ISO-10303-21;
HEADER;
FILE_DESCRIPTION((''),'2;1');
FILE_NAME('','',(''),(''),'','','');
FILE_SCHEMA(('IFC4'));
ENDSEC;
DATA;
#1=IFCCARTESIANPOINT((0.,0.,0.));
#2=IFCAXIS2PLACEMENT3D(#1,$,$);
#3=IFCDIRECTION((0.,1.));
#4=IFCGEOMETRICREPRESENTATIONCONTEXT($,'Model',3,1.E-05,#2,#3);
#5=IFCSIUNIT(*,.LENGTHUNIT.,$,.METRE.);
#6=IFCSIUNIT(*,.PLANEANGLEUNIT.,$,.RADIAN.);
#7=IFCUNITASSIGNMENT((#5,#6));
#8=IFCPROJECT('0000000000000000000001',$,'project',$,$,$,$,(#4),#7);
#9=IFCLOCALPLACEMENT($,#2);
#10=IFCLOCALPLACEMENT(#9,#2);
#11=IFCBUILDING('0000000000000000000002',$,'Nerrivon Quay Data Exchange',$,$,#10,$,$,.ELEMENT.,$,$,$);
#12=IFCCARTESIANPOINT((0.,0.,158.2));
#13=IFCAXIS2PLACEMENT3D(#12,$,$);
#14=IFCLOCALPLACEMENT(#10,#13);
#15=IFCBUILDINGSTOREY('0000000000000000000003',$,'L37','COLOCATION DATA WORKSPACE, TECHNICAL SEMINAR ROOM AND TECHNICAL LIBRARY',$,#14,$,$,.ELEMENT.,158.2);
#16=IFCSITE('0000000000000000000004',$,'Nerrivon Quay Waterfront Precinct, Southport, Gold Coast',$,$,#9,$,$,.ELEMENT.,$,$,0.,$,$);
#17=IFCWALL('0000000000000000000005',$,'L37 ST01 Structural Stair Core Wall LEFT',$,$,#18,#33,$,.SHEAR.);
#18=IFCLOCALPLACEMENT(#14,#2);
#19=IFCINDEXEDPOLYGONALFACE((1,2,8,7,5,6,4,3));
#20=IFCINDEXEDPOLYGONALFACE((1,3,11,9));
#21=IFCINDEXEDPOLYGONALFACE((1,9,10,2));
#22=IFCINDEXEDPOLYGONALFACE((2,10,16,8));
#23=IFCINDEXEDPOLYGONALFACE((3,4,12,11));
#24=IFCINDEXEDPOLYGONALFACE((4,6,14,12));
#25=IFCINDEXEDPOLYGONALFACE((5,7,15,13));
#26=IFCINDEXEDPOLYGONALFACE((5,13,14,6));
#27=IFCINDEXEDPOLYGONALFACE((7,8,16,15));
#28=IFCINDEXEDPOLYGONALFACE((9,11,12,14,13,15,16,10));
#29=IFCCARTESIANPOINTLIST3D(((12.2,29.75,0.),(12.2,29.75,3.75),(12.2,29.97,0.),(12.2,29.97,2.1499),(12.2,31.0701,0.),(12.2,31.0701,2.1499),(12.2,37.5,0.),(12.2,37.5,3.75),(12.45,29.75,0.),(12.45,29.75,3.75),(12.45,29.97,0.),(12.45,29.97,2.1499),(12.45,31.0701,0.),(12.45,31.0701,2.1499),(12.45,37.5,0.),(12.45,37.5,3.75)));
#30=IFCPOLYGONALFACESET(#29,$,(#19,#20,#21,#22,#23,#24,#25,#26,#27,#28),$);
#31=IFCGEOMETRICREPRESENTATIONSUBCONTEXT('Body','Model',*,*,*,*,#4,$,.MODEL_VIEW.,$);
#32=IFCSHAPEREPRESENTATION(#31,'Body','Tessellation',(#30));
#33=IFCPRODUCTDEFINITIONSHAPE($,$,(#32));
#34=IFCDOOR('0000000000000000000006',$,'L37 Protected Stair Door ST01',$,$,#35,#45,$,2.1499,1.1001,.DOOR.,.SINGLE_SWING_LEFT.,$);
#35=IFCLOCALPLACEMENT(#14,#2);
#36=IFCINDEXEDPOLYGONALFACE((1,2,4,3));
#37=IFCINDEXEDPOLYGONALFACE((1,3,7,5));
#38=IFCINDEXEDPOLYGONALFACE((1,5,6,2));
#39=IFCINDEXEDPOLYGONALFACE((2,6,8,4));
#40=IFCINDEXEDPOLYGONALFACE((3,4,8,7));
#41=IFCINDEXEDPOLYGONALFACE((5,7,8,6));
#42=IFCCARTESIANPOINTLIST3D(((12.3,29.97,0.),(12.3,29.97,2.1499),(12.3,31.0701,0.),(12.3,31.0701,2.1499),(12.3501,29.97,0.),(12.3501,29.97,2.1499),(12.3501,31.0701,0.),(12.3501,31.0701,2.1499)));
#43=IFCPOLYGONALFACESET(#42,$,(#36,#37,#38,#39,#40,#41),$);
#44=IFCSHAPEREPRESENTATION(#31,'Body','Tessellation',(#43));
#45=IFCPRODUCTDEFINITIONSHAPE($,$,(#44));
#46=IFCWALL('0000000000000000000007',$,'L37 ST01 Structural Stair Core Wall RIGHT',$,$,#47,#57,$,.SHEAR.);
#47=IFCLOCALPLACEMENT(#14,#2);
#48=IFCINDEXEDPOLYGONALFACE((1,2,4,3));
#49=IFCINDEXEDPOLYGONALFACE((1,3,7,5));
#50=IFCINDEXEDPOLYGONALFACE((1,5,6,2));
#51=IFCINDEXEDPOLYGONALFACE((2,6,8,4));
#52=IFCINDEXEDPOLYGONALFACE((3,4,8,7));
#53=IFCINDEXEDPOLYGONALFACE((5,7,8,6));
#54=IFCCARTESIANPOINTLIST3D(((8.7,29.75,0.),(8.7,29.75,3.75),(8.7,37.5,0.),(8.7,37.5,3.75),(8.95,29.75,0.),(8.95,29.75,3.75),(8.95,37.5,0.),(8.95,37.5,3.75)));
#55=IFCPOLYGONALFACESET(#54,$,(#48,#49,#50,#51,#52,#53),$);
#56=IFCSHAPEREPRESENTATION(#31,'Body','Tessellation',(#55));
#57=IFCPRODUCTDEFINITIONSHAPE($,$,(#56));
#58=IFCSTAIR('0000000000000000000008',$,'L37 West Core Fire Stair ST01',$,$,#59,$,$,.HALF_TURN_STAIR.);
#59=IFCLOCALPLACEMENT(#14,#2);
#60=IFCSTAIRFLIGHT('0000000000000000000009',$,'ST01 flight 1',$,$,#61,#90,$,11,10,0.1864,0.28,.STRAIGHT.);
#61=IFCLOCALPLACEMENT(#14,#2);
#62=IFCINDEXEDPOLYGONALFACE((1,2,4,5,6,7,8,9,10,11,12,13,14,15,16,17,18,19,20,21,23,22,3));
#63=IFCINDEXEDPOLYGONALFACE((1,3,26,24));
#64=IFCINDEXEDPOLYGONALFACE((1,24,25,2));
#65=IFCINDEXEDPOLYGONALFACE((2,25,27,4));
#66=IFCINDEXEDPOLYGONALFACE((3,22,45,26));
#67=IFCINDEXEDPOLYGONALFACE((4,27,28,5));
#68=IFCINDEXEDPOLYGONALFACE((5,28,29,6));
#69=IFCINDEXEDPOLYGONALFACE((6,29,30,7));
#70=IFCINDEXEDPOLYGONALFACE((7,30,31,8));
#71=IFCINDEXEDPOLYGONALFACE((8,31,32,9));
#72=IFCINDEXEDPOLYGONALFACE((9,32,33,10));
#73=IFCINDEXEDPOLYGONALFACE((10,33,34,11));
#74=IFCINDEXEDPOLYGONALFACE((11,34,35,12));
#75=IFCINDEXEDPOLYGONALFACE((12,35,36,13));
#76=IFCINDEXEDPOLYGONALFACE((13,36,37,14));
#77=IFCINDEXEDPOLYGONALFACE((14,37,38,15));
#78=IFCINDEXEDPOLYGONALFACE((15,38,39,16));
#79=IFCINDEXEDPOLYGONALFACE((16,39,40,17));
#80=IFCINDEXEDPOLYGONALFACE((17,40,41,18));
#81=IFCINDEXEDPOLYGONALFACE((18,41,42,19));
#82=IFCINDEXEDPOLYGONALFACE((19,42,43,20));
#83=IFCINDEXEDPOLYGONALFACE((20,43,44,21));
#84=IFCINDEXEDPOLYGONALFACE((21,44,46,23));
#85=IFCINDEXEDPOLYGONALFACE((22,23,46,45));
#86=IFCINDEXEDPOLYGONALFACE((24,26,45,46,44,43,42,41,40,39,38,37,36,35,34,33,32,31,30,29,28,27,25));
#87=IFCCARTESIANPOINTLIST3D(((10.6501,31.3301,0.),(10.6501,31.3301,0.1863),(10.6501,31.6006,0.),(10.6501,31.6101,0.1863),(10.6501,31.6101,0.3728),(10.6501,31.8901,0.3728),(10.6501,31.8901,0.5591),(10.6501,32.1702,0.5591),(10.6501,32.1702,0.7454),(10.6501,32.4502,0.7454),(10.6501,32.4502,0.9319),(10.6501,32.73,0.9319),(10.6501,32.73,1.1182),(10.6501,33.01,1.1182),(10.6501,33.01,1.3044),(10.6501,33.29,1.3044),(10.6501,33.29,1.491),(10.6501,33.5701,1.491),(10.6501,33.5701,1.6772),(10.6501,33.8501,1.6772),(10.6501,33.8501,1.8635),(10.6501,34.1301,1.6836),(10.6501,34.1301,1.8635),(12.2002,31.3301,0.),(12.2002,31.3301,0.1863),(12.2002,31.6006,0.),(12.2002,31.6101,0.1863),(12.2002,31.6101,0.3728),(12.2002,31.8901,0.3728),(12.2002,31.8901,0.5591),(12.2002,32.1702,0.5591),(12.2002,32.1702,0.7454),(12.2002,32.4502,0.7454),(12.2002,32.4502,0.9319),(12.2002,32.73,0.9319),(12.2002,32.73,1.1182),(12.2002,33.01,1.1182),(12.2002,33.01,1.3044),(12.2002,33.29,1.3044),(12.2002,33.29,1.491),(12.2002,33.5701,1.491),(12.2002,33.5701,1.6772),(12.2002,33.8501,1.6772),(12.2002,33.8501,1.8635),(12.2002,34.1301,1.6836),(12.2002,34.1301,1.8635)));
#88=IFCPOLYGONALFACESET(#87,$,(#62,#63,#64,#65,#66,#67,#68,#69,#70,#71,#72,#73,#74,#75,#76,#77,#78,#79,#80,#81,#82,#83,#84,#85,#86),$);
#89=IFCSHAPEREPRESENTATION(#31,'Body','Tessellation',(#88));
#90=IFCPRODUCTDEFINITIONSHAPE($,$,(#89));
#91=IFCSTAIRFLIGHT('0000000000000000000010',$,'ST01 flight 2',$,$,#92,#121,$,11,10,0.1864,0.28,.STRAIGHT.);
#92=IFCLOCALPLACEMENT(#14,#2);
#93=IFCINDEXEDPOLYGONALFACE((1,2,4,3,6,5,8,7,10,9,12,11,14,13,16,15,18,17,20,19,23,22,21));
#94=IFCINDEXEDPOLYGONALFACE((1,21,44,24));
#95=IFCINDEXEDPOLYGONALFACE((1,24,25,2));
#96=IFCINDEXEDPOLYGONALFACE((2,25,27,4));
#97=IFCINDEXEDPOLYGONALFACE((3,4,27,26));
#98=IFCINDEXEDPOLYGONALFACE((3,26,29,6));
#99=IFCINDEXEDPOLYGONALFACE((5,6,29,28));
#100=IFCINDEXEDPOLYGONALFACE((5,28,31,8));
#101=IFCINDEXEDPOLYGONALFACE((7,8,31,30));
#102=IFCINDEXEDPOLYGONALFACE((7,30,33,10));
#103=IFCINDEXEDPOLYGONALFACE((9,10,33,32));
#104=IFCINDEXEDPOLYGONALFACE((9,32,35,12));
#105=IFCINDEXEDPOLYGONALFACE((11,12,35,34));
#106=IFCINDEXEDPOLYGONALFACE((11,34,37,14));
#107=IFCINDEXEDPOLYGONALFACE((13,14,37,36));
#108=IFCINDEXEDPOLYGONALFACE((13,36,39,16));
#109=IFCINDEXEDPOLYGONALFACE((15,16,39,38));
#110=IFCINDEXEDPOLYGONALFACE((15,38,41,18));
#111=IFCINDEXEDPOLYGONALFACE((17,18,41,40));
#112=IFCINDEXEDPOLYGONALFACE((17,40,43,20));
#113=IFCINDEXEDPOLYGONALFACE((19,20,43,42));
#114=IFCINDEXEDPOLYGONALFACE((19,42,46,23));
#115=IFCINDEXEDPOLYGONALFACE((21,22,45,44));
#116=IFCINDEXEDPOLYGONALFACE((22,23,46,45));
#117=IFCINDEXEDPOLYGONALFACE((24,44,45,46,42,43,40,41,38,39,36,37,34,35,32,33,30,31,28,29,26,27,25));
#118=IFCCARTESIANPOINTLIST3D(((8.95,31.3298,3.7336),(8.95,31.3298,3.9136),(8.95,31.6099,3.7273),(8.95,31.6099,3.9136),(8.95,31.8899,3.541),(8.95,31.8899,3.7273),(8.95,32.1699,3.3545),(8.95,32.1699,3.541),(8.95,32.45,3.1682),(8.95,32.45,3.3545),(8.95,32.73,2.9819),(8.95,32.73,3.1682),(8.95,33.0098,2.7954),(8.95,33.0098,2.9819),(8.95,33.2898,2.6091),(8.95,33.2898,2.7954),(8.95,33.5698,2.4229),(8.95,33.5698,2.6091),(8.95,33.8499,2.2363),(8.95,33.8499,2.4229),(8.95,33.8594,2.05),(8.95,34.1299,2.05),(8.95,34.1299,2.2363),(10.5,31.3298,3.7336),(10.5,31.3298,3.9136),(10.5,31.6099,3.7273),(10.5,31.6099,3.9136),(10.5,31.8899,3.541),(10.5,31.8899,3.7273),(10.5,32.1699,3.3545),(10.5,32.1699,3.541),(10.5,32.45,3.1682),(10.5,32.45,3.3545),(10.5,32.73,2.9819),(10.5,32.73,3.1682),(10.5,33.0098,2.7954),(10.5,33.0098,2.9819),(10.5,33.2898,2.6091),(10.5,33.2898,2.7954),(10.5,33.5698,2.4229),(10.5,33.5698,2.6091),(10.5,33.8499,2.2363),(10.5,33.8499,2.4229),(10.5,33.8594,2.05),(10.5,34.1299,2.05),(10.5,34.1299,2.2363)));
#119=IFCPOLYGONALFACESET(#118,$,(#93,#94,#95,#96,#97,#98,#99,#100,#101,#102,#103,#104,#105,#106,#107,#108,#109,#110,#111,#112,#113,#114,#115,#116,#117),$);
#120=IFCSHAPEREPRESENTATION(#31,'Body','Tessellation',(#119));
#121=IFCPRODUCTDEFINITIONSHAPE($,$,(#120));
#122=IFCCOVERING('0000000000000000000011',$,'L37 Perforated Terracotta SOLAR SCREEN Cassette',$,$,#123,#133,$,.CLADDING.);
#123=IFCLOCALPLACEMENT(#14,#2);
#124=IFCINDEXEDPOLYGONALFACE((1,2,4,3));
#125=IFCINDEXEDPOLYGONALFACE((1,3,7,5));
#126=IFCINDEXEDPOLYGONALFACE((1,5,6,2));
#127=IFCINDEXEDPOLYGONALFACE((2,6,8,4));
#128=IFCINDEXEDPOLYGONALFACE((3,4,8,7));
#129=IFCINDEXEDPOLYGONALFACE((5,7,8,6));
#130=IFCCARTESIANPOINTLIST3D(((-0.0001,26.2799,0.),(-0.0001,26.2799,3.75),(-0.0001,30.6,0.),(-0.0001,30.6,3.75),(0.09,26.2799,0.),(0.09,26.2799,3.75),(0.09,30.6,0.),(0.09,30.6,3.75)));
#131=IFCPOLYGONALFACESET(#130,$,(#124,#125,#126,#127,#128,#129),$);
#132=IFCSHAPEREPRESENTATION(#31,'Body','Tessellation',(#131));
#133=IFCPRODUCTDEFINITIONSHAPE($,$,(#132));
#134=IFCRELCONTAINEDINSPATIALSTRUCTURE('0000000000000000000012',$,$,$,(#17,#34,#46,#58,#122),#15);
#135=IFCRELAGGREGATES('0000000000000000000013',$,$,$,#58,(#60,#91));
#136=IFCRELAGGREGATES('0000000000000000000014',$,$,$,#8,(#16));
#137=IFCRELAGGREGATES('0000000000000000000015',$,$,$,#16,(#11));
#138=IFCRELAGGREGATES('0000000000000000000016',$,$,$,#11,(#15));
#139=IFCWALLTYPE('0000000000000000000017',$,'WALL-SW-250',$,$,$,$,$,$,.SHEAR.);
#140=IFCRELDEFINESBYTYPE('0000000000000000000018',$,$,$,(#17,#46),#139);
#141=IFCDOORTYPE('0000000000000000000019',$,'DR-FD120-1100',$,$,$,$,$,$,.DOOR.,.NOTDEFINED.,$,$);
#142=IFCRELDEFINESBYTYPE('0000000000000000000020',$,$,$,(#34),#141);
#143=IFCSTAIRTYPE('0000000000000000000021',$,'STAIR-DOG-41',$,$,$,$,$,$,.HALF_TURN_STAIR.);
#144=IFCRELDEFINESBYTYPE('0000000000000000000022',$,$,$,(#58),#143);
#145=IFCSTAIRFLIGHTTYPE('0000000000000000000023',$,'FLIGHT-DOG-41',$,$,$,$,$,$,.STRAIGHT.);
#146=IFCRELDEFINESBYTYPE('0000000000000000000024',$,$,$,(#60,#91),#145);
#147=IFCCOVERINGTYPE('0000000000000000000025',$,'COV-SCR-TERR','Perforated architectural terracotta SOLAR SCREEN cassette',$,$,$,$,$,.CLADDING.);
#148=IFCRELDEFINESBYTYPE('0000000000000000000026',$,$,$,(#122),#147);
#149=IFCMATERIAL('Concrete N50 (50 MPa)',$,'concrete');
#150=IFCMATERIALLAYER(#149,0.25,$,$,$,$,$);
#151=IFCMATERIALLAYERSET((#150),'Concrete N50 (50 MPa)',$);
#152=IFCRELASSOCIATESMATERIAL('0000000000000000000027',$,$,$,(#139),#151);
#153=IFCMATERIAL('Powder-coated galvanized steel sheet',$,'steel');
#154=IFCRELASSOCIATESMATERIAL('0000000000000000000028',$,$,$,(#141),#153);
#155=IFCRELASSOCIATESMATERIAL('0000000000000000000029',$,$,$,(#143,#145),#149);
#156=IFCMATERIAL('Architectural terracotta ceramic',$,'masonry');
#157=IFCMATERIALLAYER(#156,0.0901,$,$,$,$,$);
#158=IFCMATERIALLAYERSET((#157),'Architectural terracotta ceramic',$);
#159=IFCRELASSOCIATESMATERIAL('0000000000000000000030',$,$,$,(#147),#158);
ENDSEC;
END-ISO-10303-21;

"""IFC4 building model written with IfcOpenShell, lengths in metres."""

from ifc_helpers import new_model, si_unit, direction, frame, frame_2d, origin, origin_2d, place, context, subcontext, project, spatial, polyline, rectangle, outline, extrude, material, layer, layer_set, type_object, element, fill, aggregate, save


model = new_model("IFC4")

# Units and contexts
model_context = context("Model", 3, precision=1e-05, world=origin(), true_north=direction((0.0, 1.0)))
body_context = subcontext(model_context, "Body", "Model", "MODEL_VIEW")
ifc_project = project(units=[si_unit("LENGTHUNIT", "METRE"), si_unit("PLANEANGLEUNIT", "RADIAN")], contexts=[model_context])

# Site, building, storey
site_placement = place(None, origin())
site = spatial("IfcSite", under=ifc_project, at=site_placement, Name="Nerrivon Quay Waterfront Precinct, Southport, Gold Coast", CompositionType="ELEMENT", RefElevation=0.0)
building_placement = place(site_placement, origin())
building = spatial("IfcBuilding", under=site, at=building_placement, Name="Nerrivon Quay Data Exchange", CompositionType="ELEMENT")
storey_placement = place(building_placement, frame((0.0, 0.0, 158.2)))
storey = spatial("IfcBuildingStorey", under=building, at=storey_placement, Name="L37", Description="COLOCATION DATA WORKSPACE, TECHNICAL SEMINAR ROOM AND TECHNICAL LIBRARY", CompositionType="ELEMENT", Elevation=158.2)

# Shared definitions
ifc_material_1 = material(Name="Concrete N50 (50 MPa)", Category="concrete")
ifc_layer_1 = layer(ifc_material_1, 0.25)
ifc_layer_set_1 = layer_set([ifc_layer_1], Name="Concrete N50 (50 MPa)")
wall_type_1 = type_object("IfcWallType", Name="WALL-SW-250", PredefinedType="SHEAR", material=ifc_layer_set_1)

# Wall, opening, door
wall_1_placement = place(storey_placement, frame((12.325, 29.75, 0.0), z_axis=(0.0, 0.0, 1.0), x_axis=(0.0, 1.0, 0.0)))
wall_1 = element("IfcWall", 1, at=wall_1_placement, inside=storey, type_object=wall_type_1, Name="L37 ST01 Structural Stair Core Wall LEFT", PredefinedType="SHEAR", context=body_context, shape_type="SweptSolid", body=[
    extrude(rectangle(XDim=7.75, YDim=0.25, at=frame_2d((3.875, 0.0))), origin(), (0.0, 0.0, 1.0), 3.75),
])
opening_1_placement = place(wall_1_placement, frame((0.22, 0.0, 0.0)))
opening_1 = element("IfcOpeningElement", 2, at=opening_1_placement, cuts=wall_1, PredefinedType="OPENING", context=body_context, shape_type="SweptSolid", body=[
    extrude(rectangle(XDim=1.1001, YDim=2.1499, at=frame_2d((0.55, 1.075))), frame((0.0, 0.135, 0.0), z_axis=(0.0, -1.0, 0.0), x_axis=(1.0, 0.0, 0.0)), (0.0, 0.0, 1.0), 0.27),
])
ifc_material_2 = material(Name="Powder-coated galvanized steel sheet", Category="steel")
door_type_1 = type_object("IfcDoorType", Name="DR-FD120-1100", OperationType="NOTDEFINED", PredefinedType="DOOR", material=ifc_material_2)
door_1_placement = place(opening_1_placement, origin())
door_1 = element("IfcDoor", 3, at=door_1_placement, inside=storey, type_object=door_type_1, Name="L37 Protected Stair Door ST01", OperationType="SINGLE_SWING_LEFT", OverallHeight=2.1499, OverallWidth=1.1001, PredefinedType="DOOR", context=body_context, shape_type="SweptSolid", body=[
    extrude(rectangle(XDim=1.1001, YDim=2.1499, at=frame_2d((0.55, 1.075))), frame((0.0, 0.0249, 0.0), z_axis=(0.0, -1.0, 0.0), x_axis=(1.0, 0.0, 0.0)), (0.0, 0.0, 1.0), 0.05),
])
fill(opening_1, door_1)

# Wall
wall_2_placement = place(storey_placement, frame((8.825, 29.75, 0.0), z_axis=(0.0, 0.0, 1.0), x_axis=(0.0, 1.0, 0.0)))
element("IfcWall", 4, at=wall_2_placement, inside=storey, type_object=wall_type_1, Name="L37 ST01 Structural Stair Core Wall RIGHT", PredefinedType="SHEAR", context=body_context, shape_type="SweptSolid", body=[
    extrude(rectangle(XDim=7.75, YDim=0.25, at=frame_2d((3.875, 0.0))), origin(), (0.0, 0.0, 1.0), 3.75),
])

# Stair, stair flights
stair_type = type_object("IfcStairType", Name="STAIR-DOG-41", PredefinedType="HALF_TURN_STAIR", material=ifc_material_1)
stair_placement = place(storey_placement, origin())
stair = element("IfcStair", 5, at=stair_placement, inside=storey, type_object=stair_type, Name="L37 West Core Fire Stair ST01", PredefinedType="HALF_TURN_STAIR")
stair_flight_type = type_object("IfcStairFlightType", Name="FLIGHT-DOG-41", PredefinedType="STRAIGHT", material=ifc_material_1)
stair_flight_1_placement = place(storey_placement, frame((11.425, 31.3301, 0.0), z_axis=(0.0, 0.0, 1.0), x_axis=(0.0, 1.0, 0.0)))
stair_flight_1 = element("IfcStairFlight", 6, at=stair_flight_1_placement, type_object=stair_flight_type, Name="ST01 flight 1", NumberOfRisers=11, NumberOfTreads=10, PredefinedType="STRAIGHT", RiserHeight=0.1864, TreadLength=0.28, context=body_context, shape_type="SweptSolid", body=[
    extrude(outline(polyline([(0.0, 0.0), (0.0, 0.1863), (0.28, 0.1863), (0.28, 0.3728), (0.5601, 0.3728), (0.5601, 0.5591), (0.8401, 0.5591), (0.8401, 0.7454), (1.1201, 0.7454), (1.1201, 0.9319), (1.3999, 0.9319), (1.3999, 1.1182), (1.6799, 1.1182), (1.6799, 1.3044), (1.96, 1.3044), (1.96, 1.491), (2.24, 1.491), (2.24, 1.6772), (2.52, 1.6772), (2.52, 1.8635), (2.8, 1.8635), (2.8, 2.05), (2.8, 1.6836), (0.2705, 0.0), (0.0, 0.0)])), frame((0.0, 0.7749, 0.0), z_axis=(0.0, -1.0, 0.0), x_axis=(1.0, 0.0, 0.0)), (0.0, 0.0, 1.0), 1.55),
])
stair_flight_2_placement = place(storey_placement, frame((9.7251, 34.1299, 2.05), z_axis=(0.0, 0.0, 1.0), x_axis=(0.0, -1.0, 0.0)))
stair_flight_2 = element("IfcStairFlight", 7, at=stair_flight_2_placement, type_object=stair_flight_type, Name="ST01 flight 2", NumberOfRisers=11, NumberOfTreads=10, PredefinedType="STRAIGHT", RiserHeight=0.1864, TreadLength=0.28, context=body_context, shape_type="SweptSolid", body=[
    extrude(outline(polyline([(0.0, 0.0), (0.0, 0.1863), (0.28, 0.1863), (0.28, 0.3728), (0.5601, 0.3728), (0.5601, 0.5591), (0.8401, 0.5591), (0.8401, 0.7454), (1.1201, 0.7454), (1.1201, 0.9319), (1.3999, 0.9319), (1.3999, 1.1182), (1.6799, 1.1182), (1.6799, 1.3044), (1.96, 1.3044), (1.96, 1.491), (2.24, 1.491), (2.24, 1.6772), (2.52, 1.6772), (2.52, 1.8635), (2.8, 1.8635), (2.8, 2.05), (2.8, 1.6836), (0.2705, 0.0), (0.0, 0.0)])), frame((0.0, 0.7749, 0.0), z_axis=(0.0, -1.0, 0.0), x_axis=(1.0, 0.0, 0.0)), (0.0, 0.0, 1.0), 1.55),
])
aggregate(stair, [stair_flight_1, stair_flight_2])

# Covering
ifc_material_3 = material(Name="Architectural terracotta ceramic", Category="masonry")
ifc_layer_2 = layer(ifc_material_3, 0.0901)
ifc_layer_set_2 = layer_set([ifc_layer_2], Name="Architectural terracotta ceramic")
covering_type = type_object("IfcCoveringType", Name="COV-SCR-TERR", Description="Perforated architectural terracotta SOLAR SCREEN cassette", PredefinedType="CLADDING", material=ifc_layer_set_2)
covering_placement = place(storey_placement, frame((0.0449, 28.4399, 0.0), z_axis=(0.0, 0.0, 1.0), x_axis=(0.0, 1.0, 0.0)))
element("IfcCovering", 8, at=covering_placement, inside=storey, type_object=covering_type, Name="L37 Perforated Terracotta SOLAR SCREEN Cassette", PredefinedType="CLADDING", context=body_context, shape_type="SweptSolid", body=[
    extrude(rectangle(XDim=4.3201, YDim=0.0901, at=origin_2d()), origin(), (0.0, 0.0, 1.0), 3.75),
])

save(model, "model.ifc")
